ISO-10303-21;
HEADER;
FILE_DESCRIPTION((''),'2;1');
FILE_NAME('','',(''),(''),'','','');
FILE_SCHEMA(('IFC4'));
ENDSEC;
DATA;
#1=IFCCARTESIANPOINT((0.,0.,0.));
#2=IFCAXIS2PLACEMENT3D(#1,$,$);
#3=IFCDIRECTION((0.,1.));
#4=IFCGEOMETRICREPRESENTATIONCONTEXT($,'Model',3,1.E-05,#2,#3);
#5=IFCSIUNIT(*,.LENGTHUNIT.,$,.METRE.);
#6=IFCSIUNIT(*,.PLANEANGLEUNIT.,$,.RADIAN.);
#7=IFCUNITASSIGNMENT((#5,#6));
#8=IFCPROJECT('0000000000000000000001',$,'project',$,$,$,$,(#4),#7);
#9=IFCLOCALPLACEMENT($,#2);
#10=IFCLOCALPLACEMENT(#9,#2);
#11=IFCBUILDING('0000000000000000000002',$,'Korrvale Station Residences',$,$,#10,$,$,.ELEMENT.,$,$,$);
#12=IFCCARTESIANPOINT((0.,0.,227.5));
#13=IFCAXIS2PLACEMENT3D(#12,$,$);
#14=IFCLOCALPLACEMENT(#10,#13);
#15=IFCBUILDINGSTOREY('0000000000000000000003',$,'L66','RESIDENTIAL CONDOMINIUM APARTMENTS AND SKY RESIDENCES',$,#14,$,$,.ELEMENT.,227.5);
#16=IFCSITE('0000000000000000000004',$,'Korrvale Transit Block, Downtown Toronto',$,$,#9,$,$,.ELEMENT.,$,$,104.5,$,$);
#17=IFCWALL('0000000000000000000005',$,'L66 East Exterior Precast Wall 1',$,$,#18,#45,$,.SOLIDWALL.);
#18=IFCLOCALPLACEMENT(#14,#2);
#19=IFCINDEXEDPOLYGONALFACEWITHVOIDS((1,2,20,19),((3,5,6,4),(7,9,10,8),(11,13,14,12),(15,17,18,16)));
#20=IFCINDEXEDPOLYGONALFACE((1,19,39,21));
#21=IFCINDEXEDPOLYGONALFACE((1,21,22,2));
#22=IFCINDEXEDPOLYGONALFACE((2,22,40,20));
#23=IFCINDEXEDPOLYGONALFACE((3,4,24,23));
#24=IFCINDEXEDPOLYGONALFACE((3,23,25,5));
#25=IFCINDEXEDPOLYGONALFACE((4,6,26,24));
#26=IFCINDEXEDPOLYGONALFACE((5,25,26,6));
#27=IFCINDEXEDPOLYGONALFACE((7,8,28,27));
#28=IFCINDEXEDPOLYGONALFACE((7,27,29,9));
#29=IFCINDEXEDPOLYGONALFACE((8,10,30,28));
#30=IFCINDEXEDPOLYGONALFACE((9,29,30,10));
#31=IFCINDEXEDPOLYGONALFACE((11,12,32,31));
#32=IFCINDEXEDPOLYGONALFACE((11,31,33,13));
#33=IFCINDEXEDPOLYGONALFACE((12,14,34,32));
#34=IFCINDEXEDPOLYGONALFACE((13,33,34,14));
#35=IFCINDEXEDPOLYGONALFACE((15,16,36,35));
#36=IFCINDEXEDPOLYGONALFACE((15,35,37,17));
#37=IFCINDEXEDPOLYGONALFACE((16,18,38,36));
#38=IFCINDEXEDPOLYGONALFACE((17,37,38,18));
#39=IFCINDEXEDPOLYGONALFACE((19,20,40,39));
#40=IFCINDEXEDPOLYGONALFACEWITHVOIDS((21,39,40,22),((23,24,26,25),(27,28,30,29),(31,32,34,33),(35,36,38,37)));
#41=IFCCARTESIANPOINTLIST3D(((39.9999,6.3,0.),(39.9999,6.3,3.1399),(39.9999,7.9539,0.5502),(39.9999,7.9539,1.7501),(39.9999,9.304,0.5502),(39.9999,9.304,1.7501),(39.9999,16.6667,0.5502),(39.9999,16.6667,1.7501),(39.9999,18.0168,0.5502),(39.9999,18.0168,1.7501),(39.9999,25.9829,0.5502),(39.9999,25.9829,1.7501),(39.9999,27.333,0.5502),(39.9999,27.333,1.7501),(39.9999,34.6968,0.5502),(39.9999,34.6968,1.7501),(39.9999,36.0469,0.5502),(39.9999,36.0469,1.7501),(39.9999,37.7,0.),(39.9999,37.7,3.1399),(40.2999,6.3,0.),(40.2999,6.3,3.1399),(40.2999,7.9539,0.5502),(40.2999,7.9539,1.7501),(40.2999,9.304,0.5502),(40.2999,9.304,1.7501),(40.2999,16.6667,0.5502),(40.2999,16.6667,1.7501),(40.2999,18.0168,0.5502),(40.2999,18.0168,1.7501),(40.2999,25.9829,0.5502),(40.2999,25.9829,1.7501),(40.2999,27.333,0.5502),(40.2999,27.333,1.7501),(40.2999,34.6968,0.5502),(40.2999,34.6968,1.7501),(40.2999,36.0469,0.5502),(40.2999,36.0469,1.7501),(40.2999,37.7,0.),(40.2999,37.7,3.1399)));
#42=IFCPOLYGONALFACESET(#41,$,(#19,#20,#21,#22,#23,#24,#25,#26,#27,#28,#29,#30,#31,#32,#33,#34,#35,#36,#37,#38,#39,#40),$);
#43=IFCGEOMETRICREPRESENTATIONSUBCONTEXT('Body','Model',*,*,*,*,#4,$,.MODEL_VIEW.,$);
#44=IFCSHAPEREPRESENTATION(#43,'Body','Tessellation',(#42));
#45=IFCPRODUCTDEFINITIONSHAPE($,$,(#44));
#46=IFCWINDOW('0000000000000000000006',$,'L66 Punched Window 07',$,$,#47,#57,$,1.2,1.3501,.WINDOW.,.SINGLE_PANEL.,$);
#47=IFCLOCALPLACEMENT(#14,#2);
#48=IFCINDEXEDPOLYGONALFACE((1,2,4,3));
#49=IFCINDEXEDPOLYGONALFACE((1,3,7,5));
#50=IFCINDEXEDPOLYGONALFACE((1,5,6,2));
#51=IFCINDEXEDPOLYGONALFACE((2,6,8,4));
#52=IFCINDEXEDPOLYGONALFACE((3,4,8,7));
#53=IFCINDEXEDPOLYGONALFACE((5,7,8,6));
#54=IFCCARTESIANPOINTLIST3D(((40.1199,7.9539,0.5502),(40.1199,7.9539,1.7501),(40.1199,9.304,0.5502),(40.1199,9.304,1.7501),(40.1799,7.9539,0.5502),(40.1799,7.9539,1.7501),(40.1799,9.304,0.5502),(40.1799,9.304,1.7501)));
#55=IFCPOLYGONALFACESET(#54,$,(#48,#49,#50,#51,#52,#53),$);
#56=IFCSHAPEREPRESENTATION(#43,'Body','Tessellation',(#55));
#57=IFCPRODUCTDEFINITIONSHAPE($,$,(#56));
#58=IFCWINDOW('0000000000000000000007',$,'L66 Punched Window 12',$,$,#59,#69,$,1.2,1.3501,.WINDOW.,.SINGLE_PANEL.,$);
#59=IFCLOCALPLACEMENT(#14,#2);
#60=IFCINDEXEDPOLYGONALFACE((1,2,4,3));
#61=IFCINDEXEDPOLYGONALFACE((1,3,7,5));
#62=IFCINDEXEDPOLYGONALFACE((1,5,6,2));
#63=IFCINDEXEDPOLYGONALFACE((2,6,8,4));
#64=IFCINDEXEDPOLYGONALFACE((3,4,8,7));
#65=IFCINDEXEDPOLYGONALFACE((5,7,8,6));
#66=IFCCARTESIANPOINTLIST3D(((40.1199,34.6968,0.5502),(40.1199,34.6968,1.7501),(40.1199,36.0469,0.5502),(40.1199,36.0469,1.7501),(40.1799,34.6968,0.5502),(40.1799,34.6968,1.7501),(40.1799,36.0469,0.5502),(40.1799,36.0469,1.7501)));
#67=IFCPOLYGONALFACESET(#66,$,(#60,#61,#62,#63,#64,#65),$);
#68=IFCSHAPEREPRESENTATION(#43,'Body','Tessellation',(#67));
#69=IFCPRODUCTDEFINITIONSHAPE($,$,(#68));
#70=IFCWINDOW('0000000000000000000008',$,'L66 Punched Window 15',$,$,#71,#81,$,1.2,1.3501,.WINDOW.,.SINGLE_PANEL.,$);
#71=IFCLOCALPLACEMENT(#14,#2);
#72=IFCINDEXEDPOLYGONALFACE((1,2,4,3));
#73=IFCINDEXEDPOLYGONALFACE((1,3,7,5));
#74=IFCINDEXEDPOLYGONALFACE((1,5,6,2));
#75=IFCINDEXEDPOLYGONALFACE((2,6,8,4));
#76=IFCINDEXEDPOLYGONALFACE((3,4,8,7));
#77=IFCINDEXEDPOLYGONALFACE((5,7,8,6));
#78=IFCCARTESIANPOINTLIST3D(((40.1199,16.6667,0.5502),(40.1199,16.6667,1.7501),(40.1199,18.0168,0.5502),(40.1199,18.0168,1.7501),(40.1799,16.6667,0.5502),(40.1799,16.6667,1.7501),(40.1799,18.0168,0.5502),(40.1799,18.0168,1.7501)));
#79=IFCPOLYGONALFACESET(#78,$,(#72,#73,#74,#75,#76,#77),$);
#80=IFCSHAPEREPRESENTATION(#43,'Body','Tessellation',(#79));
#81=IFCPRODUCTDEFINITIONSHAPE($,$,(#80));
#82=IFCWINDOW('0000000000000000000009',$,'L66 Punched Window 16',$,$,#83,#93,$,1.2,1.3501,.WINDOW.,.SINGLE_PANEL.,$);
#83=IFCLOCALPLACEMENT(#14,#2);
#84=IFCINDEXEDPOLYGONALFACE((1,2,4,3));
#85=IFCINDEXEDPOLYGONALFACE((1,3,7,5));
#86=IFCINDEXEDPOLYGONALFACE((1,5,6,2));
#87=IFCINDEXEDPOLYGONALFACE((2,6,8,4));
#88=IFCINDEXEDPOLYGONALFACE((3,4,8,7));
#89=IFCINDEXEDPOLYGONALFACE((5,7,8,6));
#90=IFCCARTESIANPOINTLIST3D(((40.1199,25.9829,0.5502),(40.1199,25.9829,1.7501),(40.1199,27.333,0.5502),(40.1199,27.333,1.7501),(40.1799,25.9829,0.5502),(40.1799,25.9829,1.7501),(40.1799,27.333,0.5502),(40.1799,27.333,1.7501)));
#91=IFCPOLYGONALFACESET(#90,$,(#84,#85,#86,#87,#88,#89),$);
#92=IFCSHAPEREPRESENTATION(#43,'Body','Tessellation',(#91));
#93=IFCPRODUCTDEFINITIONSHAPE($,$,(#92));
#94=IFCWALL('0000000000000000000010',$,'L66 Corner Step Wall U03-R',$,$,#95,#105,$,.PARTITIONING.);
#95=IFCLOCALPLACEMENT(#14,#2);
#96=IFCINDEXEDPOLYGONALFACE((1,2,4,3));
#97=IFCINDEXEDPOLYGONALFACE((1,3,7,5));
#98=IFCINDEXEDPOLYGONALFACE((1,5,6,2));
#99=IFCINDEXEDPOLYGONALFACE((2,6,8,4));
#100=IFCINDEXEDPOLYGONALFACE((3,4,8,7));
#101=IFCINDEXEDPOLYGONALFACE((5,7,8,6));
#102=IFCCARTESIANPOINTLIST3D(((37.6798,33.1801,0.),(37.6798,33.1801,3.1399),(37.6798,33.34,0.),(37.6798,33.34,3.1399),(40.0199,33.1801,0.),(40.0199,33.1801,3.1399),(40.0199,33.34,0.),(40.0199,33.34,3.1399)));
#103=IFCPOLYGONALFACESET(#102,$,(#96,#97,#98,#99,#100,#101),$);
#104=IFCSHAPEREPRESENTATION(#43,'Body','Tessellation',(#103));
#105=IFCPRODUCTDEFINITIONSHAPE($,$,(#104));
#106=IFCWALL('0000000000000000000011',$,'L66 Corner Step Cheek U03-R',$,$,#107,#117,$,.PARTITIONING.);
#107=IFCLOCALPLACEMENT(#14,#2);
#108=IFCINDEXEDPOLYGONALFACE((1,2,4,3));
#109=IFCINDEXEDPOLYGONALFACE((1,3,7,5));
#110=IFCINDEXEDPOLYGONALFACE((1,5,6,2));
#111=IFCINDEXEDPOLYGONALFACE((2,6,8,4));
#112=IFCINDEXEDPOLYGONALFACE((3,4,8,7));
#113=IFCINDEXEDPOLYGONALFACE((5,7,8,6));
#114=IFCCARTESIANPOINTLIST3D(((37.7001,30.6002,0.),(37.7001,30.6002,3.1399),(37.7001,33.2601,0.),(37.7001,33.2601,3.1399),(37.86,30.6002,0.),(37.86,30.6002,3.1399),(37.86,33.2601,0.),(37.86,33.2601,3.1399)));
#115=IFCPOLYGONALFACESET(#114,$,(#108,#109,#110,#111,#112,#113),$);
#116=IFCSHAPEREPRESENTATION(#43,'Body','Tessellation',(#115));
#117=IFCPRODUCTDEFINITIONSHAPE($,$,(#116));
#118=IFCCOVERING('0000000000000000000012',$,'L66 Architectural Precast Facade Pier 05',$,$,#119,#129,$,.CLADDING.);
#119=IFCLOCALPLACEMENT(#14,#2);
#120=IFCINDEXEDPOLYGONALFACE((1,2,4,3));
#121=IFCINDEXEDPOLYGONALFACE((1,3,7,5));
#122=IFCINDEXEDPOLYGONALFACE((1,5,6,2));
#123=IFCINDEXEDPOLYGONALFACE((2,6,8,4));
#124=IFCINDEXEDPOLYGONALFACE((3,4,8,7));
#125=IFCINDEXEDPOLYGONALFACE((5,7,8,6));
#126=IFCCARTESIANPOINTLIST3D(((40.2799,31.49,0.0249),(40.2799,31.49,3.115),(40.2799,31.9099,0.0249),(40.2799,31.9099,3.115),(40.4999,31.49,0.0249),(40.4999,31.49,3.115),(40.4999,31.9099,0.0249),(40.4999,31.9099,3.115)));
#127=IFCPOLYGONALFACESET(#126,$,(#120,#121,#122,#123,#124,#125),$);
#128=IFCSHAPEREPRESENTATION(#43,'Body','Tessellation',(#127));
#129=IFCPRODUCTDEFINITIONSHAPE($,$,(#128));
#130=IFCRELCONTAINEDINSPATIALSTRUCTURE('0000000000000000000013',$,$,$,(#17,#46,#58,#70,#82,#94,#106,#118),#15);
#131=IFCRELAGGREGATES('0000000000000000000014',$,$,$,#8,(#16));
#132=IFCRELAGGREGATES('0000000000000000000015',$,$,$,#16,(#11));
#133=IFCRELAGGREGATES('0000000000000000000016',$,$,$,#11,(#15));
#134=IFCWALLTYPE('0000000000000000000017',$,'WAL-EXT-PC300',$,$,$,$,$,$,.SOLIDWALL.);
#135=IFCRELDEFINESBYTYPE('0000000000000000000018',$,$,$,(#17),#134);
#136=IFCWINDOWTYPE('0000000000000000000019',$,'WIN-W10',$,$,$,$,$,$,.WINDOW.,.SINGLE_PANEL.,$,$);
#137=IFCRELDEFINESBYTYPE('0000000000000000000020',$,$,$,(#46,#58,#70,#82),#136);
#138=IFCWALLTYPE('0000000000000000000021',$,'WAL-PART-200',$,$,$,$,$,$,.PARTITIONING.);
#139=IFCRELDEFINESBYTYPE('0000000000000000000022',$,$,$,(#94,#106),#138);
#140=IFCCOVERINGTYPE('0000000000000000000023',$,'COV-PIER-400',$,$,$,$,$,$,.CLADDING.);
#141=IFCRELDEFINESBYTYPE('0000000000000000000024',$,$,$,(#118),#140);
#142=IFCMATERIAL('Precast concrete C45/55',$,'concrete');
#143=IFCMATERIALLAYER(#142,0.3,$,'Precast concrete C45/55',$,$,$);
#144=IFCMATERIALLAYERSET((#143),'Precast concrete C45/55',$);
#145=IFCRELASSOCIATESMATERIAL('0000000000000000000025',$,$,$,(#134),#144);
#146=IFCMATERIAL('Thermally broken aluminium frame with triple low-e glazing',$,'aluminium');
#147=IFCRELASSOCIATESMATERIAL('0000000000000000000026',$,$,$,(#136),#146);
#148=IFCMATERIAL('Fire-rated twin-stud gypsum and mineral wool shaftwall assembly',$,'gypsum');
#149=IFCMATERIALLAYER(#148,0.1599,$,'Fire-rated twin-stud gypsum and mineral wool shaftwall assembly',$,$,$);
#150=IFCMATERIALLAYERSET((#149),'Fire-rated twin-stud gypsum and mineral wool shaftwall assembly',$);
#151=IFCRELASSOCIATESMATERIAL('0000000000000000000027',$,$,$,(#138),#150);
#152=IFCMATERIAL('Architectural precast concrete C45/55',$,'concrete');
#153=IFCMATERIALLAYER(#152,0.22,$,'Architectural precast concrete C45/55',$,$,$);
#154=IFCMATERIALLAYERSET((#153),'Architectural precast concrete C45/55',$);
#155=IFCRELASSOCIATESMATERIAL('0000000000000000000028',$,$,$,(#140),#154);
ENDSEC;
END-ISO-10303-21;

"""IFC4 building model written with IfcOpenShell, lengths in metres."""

from ifc_helpers import new_model, si_unit, direction, frame, frame_2d, origin, origin_2d, place, context, subcontext, project, spatial, rectangle, extrude, material, layer, layer_set, type_object, element, fill, save


model = new_model("IFC4")

# Units and contexts
model_context = context("Model", 3, precision=1e-05, world=origin(), true_north=direction((0.0, 1.0)))
body_context = subcontext(model_context, "Body", "Model", "MODEL_VIEW")
ifc_project = project(units=[si_unit("LENGTHUNIT", "METRE"), si_unit("PLANEANGLEUNIT", "RADIAN")], contexts=[model_context])

# Site, building, storey
site_placement = place(None, origin())
site = spatial("IfcSite", under=ifc_project, at=site_placement, Name="Korrvale Transit Block, Downtown Toronto", CompositionType="ELEMENT", RefElevation=104.5)
building_placement = place(site_placement, origin())
building = spatial("IfcBuilding", under=site, at=building_placement, Name="Korrvale Station Residences", CompositionType="ELEMENT")
storey_placement = place(building_placement, frame((0.0, 0.0, 227.5)))
storey = spatial("IfcBuildingStorey", under=building, at=storey_placement, Name="L66", Description="RESIDENTIAL CONDOMINIUM APARTMENTS AND SKY RESIDENCES", CompositionType="ELEMENT", Elevation=227.5)

# Shared definitions
ifc_material_1 = material(Name="Precast concrete C45/55", Category="concrete")
ifc_layer_1 = layer(ifc_material_1, 0.3, Name="Precast concrete C45/55")
ifc_layer_set_1 = layer_set([ifc_layer_1], Name="Precast concrete C45/55")
wall_type_1 = type_object("IfcWallType", Name="WAL-EXT-PC300", PredefinedType="SOLIDWALL", material=ifc_layer_set_1)

# Wall, openings, windows
wall_1_placement = place(storey_placement, frame((40.1499, 37.7, 0.0), z_axis=(0.0, 0.0, 1.0), x_axis=(0.0, -1.0, 0.0)))
wall_1 = element("IfcWall", 1, at=wall_1_placement, inside=storey, type_object=wall_type_1, Name="L66 East Exterior Precast Wall 1", PredefinedType="SOLIDWALL", context=body_context, shape_type="SweptSolid", body=[
    extrude(rectangle(XDim=31.3999, YDim=0.3, at=frame_2d((15.7, 0.0))), origin(), (0.0, 0.0, 1.0), 3.1399),
])
opening_1_placement = place(wall_1_placement, frame((28.396, 0.0, 0.55)))
opening_1 = element("IfcOpeningElement", 2, at=opening_1_placement, cuts=wall_1, PredefinedType="OPENING", context=body_context, shape_type="SweptSolid", body=[
    extrude(rectangle(XDim=1.3501, YDim=1.2, at=frame_2d((0.675, 0.6001))), frame((0.0, 0.1602, 0.0), z_axis=(0.0, -1.0, 0.0), x_axis=(1.0, 0.0, 0.0)), (0.0, 0.0, 1.0), 0.3201),
])
opening_2_placement = place(wall_1_placement, frame((1.6531, 0.0, 0.55)))
opening_2 = element("IfcOpeningElement", 3, at=opening_2_placement, cuts=wall_1, PredefinedType="OPENING", context=body_context, shape_type="SweptSolid", body=[
    extrude(rectangle(XDim=1.3501, YDim=1.2, at=frame_2d((0.675, 0.6001))), frame((0.0, 0.1602, 0.0), z_axis=(0.0, -1.0, 0.0), x_axis=(1.0, 0.0, 0.0)), (0.0, 0.0, 1.0), 0.3201),
])
opening_3_placement = place(wall_1_placement, frame((19.6831, 0.0, 0.55)))
opening_3 = element("IfcOpeningElement", 4, at=opening_3_placement, cuts=wall_1, PredefinedType="OPENING", context=body_context, shape_type="SweptSolid", body=[
    extrude(rectangle(XDim=1.3501, YDim=1.2, at=frame_2d((0.675, 0.6001))), frame((0.0, 0.1602, 0.0), z_axis=(0.0, -1.0, 0.0), x_axis=(1.0, 0.0, 0.0)), (0.0, 0.0, 1.0), 0.3201),
])
opening_4_placement = place(wall_1_placement, frame((10.3669, 0.0, 0.55)))
opening_4 = element("IfcOpeningElement", 5, at=opening_4_placement, cuts=wall_1, PredefinedType="OPENING", context=body_context, shape_type="SweptSolid", body=[
    extrude(rectangle(XDim=1.3501, YDim=1.2, at=frame_2d((0.675, 0.6001))), frame((0.0, 0.1602, 0.0), z_axis=(0.0, -1.0, 0.0), x_axis=(1.0, 0.0, 0.0)), (0.0, 0.0, 1.0), 0.3201),
])
ifc_material_2 = material(Name="Thermally broken aluminium frame with triple low-e glazing", Category="aluminium")
window_type = type_object("IfcWindowType", Name="WIN-W10", PartitioningType="SINGLE_PANEL", PredefinedType="WINDOW", material=ifc_material_2)
window_1_placement = place(opening_1_placement, origin())
window_1 = element("IfcWindow", 6, at=window_1_placement, inside=storey, type_object=window_type, Name="L66 Punched Window 07", OverallHeight=1.2, OverallWidth=1.3501, PartitioningType="SINGLE_PANEL", PredefinedType="WINDOW", context=body_context, shape_type="SweptSolid", body=[
    extrude(rectangle(XDim=1.3501, YDim=1.2, at=frame_2d((0.675, 0.6001))), frame((0.0, 0.03, 0.0), z_axis=(0.0, -1.0, 0.0), x_axis=(1.0, 0.0, 0.0)), (0.0, 0.0, 1.0), 0.0601),
])
fill(opening_1, window_1)
window_2_placement = place(opening_2_placement, origin())
window_2 = element("IfcWindow", 7, at=window_2_placement, inside=storey, type_object=window_type, Name="L66 Punched Window 12", OverallHeight=1.2, OverallWidth=1.3501, PartitioningType="SINGLE_PANEL", PredefinedType="WINDOW", context=body_context, shape_type="SweptSolid", body=[
    extrude(rectangle(XDim=1.3501, YDim=1.2, at=frame_2d((0.675, 0.6001))), frame((0.0, 0.03, 0.0), z_axis=(0.0, -1.0, 0.0), x_axis=(1.0, 0.0, 0.0)), (0.0, 0.0, 1.0), 0.0601),
])
fill(opening_2, window_2)
window_3_placement = place(opening_3_placement, origin())
window_3 = element("IfcWindow", 8, at=window_3_placement, inside=storey, type_object=window_type, Name="L66 Punched Window 15", OverallHeight=1.2, OverallWidth=1.3501, PartitioningType="SINGLE_PANEL", PredefinedType="WINDOW", context=body_context, shape_type="SweptSolid", body=[
    extrude(rectangle(XDim=1.3501, YDim=1.2, at=frame_2d((0.675, 0.6001))), frame((0.0, 0.03, 0.0), z_axis=(0.0, -1.0, 0.0), x_axis=(1.0, 0.0, 0.0)), (0.0, 0.0, 1.0), 0.0601),
])
fill(opening_3, window_3)
window_4_placement = place(opening_4_placement, origin())
window_4 = element("IfcWindow", 9, at=window_4_placement, inside=storey, type_object=window_type, Name="L66 Punched Window 16", OverallHeight=1.2, OverallWidth=1.3501, PartitioningType="SINGLE_PANEL", PredefinedType="WINDOW", context=body_context, shape_type="SweptSolid", body=[
    extrude(rectangle(XDim=1.3501, YDim=1.2, at=frame_2d((0.675, 0.6001))), frame((0.0, 0.03, 0.0), z_axis=(0.0, -1.0, 0.0), x_axis=(1.0, 0.0, 0.0)), (0.0, 0.0, 1.0), 0.0601),
])
fill(opening_4, window_4)

# Walls
ifc_material_3 = material(Name="Fire-rated twin-stud gypsum and mineral wool shaftwall assembly", Category="gypsum")
ifc_layer_2 = layer(ifc_material_3, 0.1599, Name="Fire-rated twin-stud gypsum and mineral wool shaftwall assembly")
ifc_layer_set_2 = layer_set([ifc_layer_2], Name="Fire-rated twin-stud gypsum and mineral wool shaftwall assembly")
wall_type_2 = type_object("IfcWallType", Name="WAL-PART-200", PredefinedType="PARTITIONING", material=ifc_layer_set_2)
wall_2_placement = place(storey_placement, frame((37.6799, 33.26, 0.0), z_axis=(0.0, 0.0, 1.0), x_axis=(1.0, 0.0, 0.0)))
element("IfcWall", 10, at=wall_2_placement, inside=storey, type_object=wall_type_2, Name="L66 Corner Step Wall U03-R", PredefinedType="PARTITIONING", context=body_context, shape_type="SweptSolid", body=[
    extrude(rectangle(XDim=2.3401, YDim=0.1599, at=frame_2d((1.1699, 0.0))), origin(), (0.0, 0.0, 1.0), 3.1399),
])
wall_3_placement = place(storey_placement, frame((37.78, 30.6001, 0.0), z_axis=(0.0, 0.0, 1.0), x_axis=(0.0, 1.0, 0.0)))
element("IfcWall", 11, at=wall_3_placement, inside=storey, type_object=wall_type_2, Name="L66 Corner Step Cheek U03-R", PredefinedType="PARTITIONING", context=body_context, shape_type="SweptSolid", body=[
    extrude(rectangle(XDim=2.6599, YDim=0.1599, at=frame_2d((1.3301, 0.0))), origin(), (0.0, 0.0, 1.0), 3.1399),
])

# Covering
ifc_material_4 = material(Name="Architectural precast concrete C45/55", Category="concrete")
ifc_layer_3 = layer(ifc_material_4, 0.22, Name="Architectural precast concrete C45/55")
ifc_layer_set_3 = layer_set([ifc_layer_3], Name="Architectural precast concrete C45/55")
covering_type = type_object("IfcCoveringType", Name="COV-PIER-400", PredefinedType="CLADDING", material=ifc_layer_set_3)
covering_placement = place(storey_placement, frame((40.3899, 31.7, 0.0249), z_axis=(0.0, 0.0, 1.0), x_axis=(0.0, 1.0, 0.0)))
element("IfcCovering", 12, at=covering_placement, inside=storey, type_object=covering_type, Name="L66 Architectural Precast Facade Pier 05", PredefinedType="CLADDING", context=body_context, shape_type="SweptSolid", body=[
    extrude(rectangle(XDim=0.4199, YDim=0.22, at=origin_2d()), origin(), (0.0, 0.0, 1.0), 3.0901),
])

save(model, "model.ifc")
